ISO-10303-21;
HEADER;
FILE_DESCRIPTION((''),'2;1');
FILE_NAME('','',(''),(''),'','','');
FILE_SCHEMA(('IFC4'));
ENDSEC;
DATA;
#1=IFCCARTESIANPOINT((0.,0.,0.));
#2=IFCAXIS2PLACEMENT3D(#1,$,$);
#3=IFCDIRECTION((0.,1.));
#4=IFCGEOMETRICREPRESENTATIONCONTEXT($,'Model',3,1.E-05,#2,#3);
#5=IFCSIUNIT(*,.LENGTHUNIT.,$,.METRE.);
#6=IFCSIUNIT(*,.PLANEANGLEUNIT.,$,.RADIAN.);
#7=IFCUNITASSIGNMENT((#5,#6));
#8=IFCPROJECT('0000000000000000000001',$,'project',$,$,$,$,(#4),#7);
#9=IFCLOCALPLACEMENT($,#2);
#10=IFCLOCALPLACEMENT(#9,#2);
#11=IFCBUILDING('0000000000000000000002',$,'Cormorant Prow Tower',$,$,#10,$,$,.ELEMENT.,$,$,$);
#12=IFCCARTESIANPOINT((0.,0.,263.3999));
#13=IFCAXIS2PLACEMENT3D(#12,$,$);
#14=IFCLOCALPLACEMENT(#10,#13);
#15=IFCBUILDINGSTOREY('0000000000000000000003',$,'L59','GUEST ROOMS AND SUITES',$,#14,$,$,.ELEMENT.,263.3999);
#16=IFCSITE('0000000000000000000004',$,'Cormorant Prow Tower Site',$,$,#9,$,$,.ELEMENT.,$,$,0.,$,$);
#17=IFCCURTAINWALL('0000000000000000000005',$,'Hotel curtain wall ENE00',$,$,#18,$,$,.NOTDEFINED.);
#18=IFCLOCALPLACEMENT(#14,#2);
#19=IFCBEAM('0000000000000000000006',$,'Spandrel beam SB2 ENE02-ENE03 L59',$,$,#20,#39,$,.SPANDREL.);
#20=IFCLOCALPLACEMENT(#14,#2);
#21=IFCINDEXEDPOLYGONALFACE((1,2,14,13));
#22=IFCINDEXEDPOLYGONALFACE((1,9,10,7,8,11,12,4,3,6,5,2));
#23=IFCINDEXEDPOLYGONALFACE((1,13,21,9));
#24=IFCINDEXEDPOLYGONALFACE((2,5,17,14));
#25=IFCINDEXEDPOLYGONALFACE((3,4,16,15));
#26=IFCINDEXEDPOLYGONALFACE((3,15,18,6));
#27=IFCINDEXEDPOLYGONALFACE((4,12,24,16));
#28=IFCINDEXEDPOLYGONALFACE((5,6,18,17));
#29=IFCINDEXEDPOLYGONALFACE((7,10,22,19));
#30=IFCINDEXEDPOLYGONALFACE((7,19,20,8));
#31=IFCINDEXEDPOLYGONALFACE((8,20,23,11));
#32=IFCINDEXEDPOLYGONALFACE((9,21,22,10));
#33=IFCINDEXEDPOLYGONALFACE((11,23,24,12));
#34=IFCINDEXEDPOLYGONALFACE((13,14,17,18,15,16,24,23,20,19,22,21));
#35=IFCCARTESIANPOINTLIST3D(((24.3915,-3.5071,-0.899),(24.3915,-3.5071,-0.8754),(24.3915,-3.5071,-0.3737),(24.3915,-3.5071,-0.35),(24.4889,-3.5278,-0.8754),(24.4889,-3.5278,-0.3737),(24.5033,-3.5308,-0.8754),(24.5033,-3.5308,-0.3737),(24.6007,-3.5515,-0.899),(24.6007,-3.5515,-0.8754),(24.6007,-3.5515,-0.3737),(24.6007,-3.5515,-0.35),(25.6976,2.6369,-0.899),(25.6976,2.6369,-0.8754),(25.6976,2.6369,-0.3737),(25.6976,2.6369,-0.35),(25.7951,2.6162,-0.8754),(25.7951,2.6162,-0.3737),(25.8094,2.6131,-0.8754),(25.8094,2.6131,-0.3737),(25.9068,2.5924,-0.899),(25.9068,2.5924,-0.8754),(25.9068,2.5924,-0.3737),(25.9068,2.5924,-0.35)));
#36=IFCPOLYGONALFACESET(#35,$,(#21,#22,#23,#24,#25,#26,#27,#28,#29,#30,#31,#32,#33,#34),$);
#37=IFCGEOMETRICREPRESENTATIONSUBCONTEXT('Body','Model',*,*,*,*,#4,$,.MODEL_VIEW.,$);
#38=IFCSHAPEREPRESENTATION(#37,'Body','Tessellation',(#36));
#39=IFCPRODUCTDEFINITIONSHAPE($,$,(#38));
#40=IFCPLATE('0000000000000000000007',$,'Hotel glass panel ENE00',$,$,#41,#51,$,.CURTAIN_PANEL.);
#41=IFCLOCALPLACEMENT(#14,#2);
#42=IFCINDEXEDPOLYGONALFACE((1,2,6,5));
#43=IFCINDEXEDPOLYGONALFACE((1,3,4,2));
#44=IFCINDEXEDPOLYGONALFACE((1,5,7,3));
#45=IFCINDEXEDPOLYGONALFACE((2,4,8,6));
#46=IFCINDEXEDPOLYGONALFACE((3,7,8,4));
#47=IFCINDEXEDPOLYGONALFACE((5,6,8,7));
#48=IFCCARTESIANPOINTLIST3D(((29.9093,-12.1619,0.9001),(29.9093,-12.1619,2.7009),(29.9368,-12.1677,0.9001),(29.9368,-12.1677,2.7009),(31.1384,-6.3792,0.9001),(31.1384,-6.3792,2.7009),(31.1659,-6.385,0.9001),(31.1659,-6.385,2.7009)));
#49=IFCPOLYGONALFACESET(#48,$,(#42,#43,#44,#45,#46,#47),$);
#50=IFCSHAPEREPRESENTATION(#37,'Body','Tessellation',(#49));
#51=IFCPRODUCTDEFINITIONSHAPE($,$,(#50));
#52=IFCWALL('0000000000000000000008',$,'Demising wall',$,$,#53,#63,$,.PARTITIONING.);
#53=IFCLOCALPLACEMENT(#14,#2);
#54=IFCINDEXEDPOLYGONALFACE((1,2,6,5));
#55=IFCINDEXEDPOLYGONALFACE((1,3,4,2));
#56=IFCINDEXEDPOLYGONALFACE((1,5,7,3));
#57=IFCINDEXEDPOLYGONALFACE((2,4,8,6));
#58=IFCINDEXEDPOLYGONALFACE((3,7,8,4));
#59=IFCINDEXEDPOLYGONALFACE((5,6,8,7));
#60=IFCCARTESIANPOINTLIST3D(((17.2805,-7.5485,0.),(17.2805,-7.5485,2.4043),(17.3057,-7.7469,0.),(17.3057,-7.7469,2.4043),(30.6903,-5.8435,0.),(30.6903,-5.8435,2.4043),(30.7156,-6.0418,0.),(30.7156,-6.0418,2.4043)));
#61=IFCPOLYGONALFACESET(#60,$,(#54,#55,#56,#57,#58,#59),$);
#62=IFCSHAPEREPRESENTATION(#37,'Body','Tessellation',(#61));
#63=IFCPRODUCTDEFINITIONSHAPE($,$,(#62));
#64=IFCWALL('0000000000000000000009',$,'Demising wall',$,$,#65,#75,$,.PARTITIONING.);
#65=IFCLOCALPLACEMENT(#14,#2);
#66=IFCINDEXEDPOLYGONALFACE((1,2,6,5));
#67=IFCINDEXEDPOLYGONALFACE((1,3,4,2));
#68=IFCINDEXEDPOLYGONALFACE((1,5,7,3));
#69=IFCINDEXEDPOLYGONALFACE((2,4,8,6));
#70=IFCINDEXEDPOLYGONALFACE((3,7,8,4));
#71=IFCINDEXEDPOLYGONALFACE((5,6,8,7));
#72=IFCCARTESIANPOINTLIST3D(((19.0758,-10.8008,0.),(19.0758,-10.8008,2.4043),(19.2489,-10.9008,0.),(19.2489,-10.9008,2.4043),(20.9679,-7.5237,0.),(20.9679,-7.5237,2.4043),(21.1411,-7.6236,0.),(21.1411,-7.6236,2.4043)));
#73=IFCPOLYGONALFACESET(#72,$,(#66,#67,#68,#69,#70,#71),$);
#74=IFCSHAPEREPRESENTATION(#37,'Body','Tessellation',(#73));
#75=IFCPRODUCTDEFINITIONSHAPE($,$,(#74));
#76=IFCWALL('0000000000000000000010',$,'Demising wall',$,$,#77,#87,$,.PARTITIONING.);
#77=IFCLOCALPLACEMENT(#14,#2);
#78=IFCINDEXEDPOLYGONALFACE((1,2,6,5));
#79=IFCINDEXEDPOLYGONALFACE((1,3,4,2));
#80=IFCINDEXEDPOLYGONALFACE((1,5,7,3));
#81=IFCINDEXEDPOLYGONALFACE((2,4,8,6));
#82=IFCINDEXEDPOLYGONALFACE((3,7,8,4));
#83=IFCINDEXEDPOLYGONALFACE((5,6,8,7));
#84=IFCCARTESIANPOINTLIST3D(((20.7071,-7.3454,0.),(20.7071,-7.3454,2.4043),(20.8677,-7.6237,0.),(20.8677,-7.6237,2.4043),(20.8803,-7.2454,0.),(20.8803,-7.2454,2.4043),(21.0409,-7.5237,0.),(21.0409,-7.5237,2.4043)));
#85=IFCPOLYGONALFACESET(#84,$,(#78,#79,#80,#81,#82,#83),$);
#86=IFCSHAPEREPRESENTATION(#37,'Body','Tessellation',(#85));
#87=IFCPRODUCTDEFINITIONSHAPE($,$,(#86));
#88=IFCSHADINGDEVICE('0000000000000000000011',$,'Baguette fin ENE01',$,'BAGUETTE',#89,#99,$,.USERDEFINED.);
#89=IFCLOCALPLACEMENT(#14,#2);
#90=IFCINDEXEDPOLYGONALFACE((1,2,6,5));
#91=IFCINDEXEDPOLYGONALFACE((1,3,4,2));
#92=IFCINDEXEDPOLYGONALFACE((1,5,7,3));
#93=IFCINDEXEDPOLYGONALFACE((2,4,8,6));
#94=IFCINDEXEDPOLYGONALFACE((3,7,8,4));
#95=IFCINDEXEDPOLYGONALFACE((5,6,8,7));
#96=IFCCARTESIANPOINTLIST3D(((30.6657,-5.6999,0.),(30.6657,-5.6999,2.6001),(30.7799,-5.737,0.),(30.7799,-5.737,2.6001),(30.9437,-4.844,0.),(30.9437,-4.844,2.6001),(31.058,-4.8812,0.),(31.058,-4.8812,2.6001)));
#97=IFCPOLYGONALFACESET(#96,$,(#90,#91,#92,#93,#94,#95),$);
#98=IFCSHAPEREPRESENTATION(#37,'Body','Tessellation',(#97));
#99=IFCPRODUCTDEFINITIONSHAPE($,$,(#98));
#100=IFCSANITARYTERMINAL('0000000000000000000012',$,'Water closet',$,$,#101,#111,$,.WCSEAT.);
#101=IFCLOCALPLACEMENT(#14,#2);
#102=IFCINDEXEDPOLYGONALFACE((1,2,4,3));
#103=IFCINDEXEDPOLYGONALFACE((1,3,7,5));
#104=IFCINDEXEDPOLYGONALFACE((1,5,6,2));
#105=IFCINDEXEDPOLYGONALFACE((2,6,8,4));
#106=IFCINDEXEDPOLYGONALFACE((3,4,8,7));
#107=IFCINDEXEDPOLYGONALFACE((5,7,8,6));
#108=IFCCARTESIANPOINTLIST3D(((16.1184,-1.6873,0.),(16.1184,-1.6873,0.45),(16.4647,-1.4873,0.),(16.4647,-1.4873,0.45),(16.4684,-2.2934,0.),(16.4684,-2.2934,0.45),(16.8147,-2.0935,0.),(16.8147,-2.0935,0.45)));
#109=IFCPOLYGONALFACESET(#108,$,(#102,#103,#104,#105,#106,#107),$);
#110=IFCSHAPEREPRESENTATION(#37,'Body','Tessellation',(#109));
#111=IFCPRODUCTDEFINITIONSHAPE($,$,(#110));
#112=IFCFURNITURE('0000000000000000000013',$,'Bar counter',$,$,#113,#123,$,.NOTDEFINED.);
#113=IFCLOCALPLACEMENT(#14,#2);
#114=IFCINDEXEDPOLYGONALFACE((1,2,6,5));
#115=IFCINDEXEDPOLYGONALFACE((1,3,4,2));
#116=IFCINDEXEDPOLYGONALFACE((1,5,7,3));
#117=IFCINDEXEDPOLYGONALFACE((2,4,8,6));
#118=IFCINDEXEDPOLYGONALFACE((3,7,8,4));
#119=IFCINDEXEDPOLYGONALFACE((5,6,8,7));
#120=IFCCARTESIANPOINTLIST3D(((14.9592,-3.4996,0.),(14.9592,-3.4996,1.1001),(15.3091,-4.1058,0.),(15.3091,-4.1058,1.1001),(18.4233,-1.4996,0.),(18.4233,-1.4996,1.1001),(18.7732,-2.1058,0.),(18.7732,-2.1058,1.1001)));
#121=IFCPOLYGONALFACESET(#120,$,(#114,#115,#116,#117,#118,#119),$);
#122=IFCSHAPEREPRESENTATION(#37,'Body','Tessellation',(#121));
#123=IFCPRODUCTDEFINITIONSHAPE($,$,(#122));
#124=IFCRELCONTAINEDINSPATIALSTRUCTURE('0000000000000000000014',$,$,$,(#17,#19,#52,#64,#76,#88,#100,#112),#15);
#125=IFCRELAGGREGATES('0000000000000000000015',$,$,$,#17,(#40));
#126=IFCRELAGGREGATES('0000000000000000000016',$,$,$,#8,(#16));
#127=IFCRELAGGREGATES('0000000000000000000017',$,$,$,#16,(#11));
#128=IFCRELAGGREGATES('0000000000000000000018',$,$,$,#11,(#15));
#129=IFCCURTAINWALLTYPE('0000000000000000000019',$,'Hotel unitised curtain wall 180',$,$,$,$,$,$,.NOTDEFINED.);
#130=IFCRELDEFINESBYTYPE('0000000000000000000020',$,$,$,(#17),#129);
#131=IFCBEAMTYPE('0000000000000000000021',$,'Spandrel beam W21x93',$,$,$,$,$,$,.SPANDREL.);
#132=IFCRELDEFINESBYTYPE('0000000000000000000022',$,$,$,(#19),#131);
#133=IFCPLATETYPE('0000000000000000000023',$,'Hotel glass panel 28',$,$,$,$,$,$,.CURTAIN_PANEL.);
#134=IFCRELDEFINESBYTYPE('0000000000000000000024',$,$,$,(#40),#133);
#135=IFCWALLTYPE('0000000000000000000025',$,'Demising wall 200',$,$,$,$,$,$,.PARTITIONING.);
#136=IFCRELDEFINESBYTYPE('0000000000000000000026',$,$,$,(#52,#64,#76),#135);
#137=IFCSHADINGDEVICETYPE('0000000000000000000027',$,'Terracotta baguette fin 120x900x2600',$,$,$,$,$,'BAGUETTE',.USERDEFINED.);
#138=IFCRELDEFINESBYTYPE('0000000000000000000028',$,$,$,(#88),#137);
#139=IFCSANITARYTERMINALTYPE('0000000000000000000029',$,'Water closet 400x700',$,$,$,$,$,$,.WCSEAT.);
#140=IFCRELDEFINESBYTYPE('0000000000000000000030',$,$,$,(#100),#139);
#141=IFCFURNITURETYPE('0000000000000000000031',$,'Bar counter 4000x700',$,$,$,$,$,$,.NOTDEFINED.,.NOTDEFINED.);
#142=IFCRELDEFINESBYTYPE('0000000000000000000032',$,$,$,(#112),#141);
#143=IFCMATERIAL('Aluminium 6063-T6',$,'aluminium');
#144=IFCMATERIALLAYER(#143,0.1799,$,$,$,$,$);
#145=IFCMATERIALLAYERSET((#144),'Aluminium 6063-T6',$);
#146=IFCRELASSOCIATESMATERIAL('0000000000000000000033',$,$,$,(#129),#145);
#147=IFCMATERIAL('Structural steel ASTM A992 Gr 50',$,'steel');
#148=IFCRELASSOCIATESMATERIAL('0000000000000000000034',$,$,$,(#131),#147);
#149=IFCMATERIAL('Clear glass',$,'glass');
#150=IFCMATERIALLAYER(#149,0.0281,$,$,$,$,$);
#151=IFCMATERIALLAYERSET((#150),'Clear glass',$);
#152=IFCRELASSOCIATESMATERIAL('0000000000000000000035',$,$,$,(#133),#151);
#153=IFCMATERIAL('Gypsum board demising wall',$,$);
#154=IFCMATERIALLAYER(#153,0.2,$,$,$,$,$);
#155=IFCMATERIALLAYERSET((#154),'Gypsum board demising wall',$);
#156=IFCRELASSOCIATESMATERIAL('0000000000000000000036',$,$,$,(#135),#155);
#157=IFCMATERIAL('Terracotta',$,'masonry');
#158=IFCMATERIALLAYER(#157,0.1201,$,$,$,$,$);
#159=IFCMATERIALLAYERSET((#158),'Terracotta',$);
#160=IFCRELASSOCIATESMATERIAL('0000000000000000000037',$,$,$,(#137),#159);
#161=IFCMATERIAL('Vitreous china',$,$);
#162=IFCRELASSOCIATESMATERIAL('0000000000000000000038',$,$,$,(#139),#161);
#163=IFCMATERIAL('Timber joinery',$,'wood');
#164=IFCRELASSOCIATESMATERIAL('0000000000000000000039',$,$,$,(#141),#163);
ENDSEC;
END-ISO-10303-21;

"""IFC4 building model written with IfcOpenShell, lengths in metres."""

from ifc_helpers import new_model, si_unit, direction, frame, frame_2d, origin, origin_2d, place, context, subcontext, project, spatial, rectangle, i_section, extrude, material, layer, layer_set, material_profile, profile_set, type_object, element, aggregate, save


model = new_model("IFC4")

# Units and contexts
model_context = context("Model", 3, precision=1e-05, world=origin(), true_north=direction((0.0, 1.0)))
body_context = subcontext(model_context, "Body", "Model", "MODEL_VIEW")
ifc_project = project(units=[si_unit("LENGTHUNIT", "METRE"), si_unit("PLANEANGLEUNIT", "RADIAN")], contexts=[model_context])

# Site, building, storey
site_placement = place(None, origin())
site = spatial("IfcSite", under=ifc_project, at=site_placement, Name="Cormorant Prow Tower Site", CompositionType="ELEMENT", RefElevation=0.0)
building_placement = place(site_placement, origin())
building = spatial("IfcBuilding", under=site, at=building_placement, Name="Cormorant Prow Tower", CompositionType="ELEMENT")
storey_placement = place(building_placement, frame((0.0, 0.0, 263.3999)))
storey = spatial("IfcBuildingStorey", under=building, at=storey_placement, Name="L59", Description="GUEST ROOMS AND SUITES", CompositionType="ELEMENT", Elevation=263.3999)

# Curtain wall
ifc_material_1 = material(Name="Aluminium 6063-T6", Category="aluminium")
ifc_layer_1 = layer(ifc_material_1, 0.1799)
ifc_layer_set_1 = layer_set([ifc_layer_1], Name="Aluminium 6063-T6")
curtain_wall_type = type_object("IfcCurtainWallType", Name="Hotel unitised curtain wall 180", PredefinedType="NOTDEFINED", material=ifc_layer_set_1)
curtain_wall_1_placement = place(storey_placement, origin())
curtain_wall_1 = element("IfcCurtainWall", 1, at=curtain_wall_1_placement, inside=storey, type_object=curtain_wall_type, Name="Hotel curtain wall ENE00", PredefinedType="NOTDEFINED")

# Beam
ifc_material_2 = material(Name="Structural steel ASTM A992 Gr 50", Category="steel")
ifc_material_profile_1 = material_profile(ifc_material_2, i_section(OverallWidth=0.2139, OverallDepth=0.5491, WebThickness=0.0146, FlangeThickness=0.0237, at=origin_2d()), Name="W21x93")
ifc_profile_set_1 = profile_set([ifc_material_profile_1], Name="Structural steel ASTM A992 Gr 50")
beam_type_1 = type_object("IfcBeamType", Name="Spandrel beam W21x93", PredefinedType="SPANDREL", material=ifc_profile_set_1)
for number, where, z_axis, x_axis, name in (
    (2, (24.4961, -3.5293, -0.6245), (0.207941, 0.978141, 0.0), (-0.978141, 0.207941, 0.0), "Spandrel beam SB2 ENE02-ENE03 L59"),
):
    element("IfcBeam", number, at=place(storey_placement, frame(where, z_axis=z_axis, x_axis=x_axis)), inside=storey, type_object=beam_type_1, Name=name, PredefinedType="SPANDREL", context=body_context, shape_type="SweptSolid", body=[
        extrude(i_section(OverallWidth=0.2139, OverallDepth=0.5491, WebThickness=0.0146, FlangeThickness=0.0237, at=origin_2d()), origin(), (0.0, 0.0, 1.0), 6.2812),
    ])

# Plate
ifc_material_3 = material(Name="Clear glass", Category="glass")
ifc_layer_2 = layer(ifc_material_3, 0.0281)
ifc_layer_set_2 = layer_set([ifc_layer_2], Name="Clear glass")
plate_type = type_object("IfcPlateType", Name="Hotel glass panel 28", PredefinedType="CURTAIN_PANEL", material=ifc_layer_set_2)
plate_placement = place(storey_placement, frame((30.5376, -9.2734, 0.9001), z_axis=(0.0, 0.0, 1.0), x_axis=(0.207912, 0.978148, 0.0)))
plate = element("IfcPlate", 3, at=plate_placement, type_object=plate_type, Name="Hotel glass panel ENE00", PredefinedType="CURTAIN_PANEL", context=body_context, shape_type="SweptSolid", body=[
    extrude(rectangle(XDim=5.9119, YDim=0.0281, at=origin_2d()), origin(), (0.0, 0.0, 1.0), 1.8008),
])
aggregate(curtain_wall_1, [plate])

# Walls
ifc_material_4 = material(Name="Gypsum board demising wall")
ifc_layer_3 = layer(ifc_material_4, 0.2)
ifc_layer_set_3 = layer_set([ifc_layer_3], Name="Gypsum board demising wall")
wall_type_1 = type_object("IfcWallType", Name="Demising wall 200", PredefinedType="PARTITIONING", material=ifc_layer_set_3)
wall_1_placement = place(storey_placement, frame((17.2932, -7.6477, 0.0), z_axis=(0.0, 0.0, 1.0), x_axis=(0.992013, 0.126135, 0.0)))
element("IfcWall", 4, at=wall_1_placement, inside=storey, type_object=wall_type_1, Name="Demising wall", PredefinedType="PARTITIONING", context=body_context, shape_type="SweptSolid", body=[
    extrude(rectangle(XDim=13.5178, YDim=0.2, at=frame_2d((6.7588, 0.0))), origin(), (0.0, 0.0, 1.0), 2.4043),
])
wall_2_placement = place(storey_placement, frame((19.1624, -10.8508, 0.0), z_axis=(0.0, 0.0, 1.0), x_axis=(0.500011, 0.866019, 0.0)))
element("IfcWall", 5, at=wall_2_placement, inside=storey, type_object=wall_type_1, Name="Demising wall", PredefinedType="PARTITIONING", context=body_context, shape_type="SweptSolid", body=[
    extrude(rectangle(XDim=3.7842, YDim=0.2, at=frame_2d((1.8921, 0.0))), origin(), (0.0, 0.0, 1.0), 2.4043),
])
wall_3_placement = place(storey_placement, frame((20.7937, -7.2954, 0.0), z_axis=(0.0, 0.0, 1.0), x_axis=(0.499898, -0.866084, 0.0)))
element("IfcWall", 6, at=wall_3_placement, inside=storey, type_object=wall_type_1, Name="Demising wall", PredefinedType="PARTITIONING", context=body_context, shape_type="SweptSolid", body=[
    extrude(rectangle(XDim=0.3213, YDim=0.2, at=frame_2d((0.1606, 0.0))), origin(), (0.0, 0.0, 1.0), 2.4043),
])

# Shading device
ifc_material_5 = material(Name="Terracotta", Category="masonry")
ifc_layer_4 = layer(ifc_material_5, 0.1201)
ifc_layer_set_4 = layer_set([ifc_layer_4], Name="Terracotta")
shading_device_type = type_object("IfcShadingDeviceType", Name="Terracotta baguette fin 120x900x2600", ElementType="BAGUETTE", PredefinedType="USERDEFINED", material=ifc_layer_set_4)
shading_device_placement = place(storey_placement, frame((30.8618, -5.2905, 0.0), z_axis=(0.0, 0.0, 1.0), x_axis=(-0.951057, 0.309017, 0.0)))
element("IfcShadingDevice", 7, at=shading_device_placement, inside=storey, type_object=shading_device_type, Name="Baguette fin ENE01", ObjectType="BAGUETTE", PredefinedType="USERDEFINED", context=body_context, shape_type="SweptSolid", body=[
    extrude(rectangle(XDim=0.1201, YDim=0.8999, at=origin_2d()), origin(), (0.0, 0.0, 1.0), 2.6001),
])

# Sanitary terminal
ifc_material_6 = material(Name="Vitreous china")
sanitary_terminal_type = type_object("IfcSanitaryTerminalType", Name="Water closet 400x700", PredefinedType="WCSEAT", material=ifc_material_6)
sanitary_terminal_placement = place(storey_placement, frame((16.4666, -1.8904, 0.0), z_axis=(0.0, 0.0, 1.0), x_axis=(-0.866025, -0.5, 0.0)))
element("IfcSanitaryTerminal", 8, at=sanitary_terminal_placement, inside=storey, type_object=sanitary_terminal_type, Name="Water closet", PredefinedType="WCSEAT", context=body_context, shape_type="SweptSolid", body=[
    extrude(rectangle(XDim=0.3999, YDim=0.7, at=origin_2d()), origin(), (0.0, 0.0, 1.0), 0.45),
])

# Furniture
ifc_material_7 = material(Name="Timber joinery", Category="wood")
furniture_type = type_object("IfcFurnitureType", Name="Bar counter 4000x700", AssemblyPlace="NOTDEFINED", PredefinedType="NOTDEFINED", material=ifc_material_7)
furniture_placement = place(storey_placement, frame((16.8662, -2.8027, 0.0), z_axis=(0.0, 0.0, 1.0), x_axis=(0.866025, 0.5, 0.0)))
element("IfcFurniture", 9, at=furniture_placement, inside=storey, type_object=furniture_type, Name="Bar counter", PredefinedType="NOTDEFINED", context=body_context, shape_type="SweptSolid", body=[
    extrude(rectangle(XDim=4.0, YDim=0.7, at=origin_2d()), origin(), (0.0, 0.0, 1.0), 1.1001),
])

save(model, "model.ifc")
